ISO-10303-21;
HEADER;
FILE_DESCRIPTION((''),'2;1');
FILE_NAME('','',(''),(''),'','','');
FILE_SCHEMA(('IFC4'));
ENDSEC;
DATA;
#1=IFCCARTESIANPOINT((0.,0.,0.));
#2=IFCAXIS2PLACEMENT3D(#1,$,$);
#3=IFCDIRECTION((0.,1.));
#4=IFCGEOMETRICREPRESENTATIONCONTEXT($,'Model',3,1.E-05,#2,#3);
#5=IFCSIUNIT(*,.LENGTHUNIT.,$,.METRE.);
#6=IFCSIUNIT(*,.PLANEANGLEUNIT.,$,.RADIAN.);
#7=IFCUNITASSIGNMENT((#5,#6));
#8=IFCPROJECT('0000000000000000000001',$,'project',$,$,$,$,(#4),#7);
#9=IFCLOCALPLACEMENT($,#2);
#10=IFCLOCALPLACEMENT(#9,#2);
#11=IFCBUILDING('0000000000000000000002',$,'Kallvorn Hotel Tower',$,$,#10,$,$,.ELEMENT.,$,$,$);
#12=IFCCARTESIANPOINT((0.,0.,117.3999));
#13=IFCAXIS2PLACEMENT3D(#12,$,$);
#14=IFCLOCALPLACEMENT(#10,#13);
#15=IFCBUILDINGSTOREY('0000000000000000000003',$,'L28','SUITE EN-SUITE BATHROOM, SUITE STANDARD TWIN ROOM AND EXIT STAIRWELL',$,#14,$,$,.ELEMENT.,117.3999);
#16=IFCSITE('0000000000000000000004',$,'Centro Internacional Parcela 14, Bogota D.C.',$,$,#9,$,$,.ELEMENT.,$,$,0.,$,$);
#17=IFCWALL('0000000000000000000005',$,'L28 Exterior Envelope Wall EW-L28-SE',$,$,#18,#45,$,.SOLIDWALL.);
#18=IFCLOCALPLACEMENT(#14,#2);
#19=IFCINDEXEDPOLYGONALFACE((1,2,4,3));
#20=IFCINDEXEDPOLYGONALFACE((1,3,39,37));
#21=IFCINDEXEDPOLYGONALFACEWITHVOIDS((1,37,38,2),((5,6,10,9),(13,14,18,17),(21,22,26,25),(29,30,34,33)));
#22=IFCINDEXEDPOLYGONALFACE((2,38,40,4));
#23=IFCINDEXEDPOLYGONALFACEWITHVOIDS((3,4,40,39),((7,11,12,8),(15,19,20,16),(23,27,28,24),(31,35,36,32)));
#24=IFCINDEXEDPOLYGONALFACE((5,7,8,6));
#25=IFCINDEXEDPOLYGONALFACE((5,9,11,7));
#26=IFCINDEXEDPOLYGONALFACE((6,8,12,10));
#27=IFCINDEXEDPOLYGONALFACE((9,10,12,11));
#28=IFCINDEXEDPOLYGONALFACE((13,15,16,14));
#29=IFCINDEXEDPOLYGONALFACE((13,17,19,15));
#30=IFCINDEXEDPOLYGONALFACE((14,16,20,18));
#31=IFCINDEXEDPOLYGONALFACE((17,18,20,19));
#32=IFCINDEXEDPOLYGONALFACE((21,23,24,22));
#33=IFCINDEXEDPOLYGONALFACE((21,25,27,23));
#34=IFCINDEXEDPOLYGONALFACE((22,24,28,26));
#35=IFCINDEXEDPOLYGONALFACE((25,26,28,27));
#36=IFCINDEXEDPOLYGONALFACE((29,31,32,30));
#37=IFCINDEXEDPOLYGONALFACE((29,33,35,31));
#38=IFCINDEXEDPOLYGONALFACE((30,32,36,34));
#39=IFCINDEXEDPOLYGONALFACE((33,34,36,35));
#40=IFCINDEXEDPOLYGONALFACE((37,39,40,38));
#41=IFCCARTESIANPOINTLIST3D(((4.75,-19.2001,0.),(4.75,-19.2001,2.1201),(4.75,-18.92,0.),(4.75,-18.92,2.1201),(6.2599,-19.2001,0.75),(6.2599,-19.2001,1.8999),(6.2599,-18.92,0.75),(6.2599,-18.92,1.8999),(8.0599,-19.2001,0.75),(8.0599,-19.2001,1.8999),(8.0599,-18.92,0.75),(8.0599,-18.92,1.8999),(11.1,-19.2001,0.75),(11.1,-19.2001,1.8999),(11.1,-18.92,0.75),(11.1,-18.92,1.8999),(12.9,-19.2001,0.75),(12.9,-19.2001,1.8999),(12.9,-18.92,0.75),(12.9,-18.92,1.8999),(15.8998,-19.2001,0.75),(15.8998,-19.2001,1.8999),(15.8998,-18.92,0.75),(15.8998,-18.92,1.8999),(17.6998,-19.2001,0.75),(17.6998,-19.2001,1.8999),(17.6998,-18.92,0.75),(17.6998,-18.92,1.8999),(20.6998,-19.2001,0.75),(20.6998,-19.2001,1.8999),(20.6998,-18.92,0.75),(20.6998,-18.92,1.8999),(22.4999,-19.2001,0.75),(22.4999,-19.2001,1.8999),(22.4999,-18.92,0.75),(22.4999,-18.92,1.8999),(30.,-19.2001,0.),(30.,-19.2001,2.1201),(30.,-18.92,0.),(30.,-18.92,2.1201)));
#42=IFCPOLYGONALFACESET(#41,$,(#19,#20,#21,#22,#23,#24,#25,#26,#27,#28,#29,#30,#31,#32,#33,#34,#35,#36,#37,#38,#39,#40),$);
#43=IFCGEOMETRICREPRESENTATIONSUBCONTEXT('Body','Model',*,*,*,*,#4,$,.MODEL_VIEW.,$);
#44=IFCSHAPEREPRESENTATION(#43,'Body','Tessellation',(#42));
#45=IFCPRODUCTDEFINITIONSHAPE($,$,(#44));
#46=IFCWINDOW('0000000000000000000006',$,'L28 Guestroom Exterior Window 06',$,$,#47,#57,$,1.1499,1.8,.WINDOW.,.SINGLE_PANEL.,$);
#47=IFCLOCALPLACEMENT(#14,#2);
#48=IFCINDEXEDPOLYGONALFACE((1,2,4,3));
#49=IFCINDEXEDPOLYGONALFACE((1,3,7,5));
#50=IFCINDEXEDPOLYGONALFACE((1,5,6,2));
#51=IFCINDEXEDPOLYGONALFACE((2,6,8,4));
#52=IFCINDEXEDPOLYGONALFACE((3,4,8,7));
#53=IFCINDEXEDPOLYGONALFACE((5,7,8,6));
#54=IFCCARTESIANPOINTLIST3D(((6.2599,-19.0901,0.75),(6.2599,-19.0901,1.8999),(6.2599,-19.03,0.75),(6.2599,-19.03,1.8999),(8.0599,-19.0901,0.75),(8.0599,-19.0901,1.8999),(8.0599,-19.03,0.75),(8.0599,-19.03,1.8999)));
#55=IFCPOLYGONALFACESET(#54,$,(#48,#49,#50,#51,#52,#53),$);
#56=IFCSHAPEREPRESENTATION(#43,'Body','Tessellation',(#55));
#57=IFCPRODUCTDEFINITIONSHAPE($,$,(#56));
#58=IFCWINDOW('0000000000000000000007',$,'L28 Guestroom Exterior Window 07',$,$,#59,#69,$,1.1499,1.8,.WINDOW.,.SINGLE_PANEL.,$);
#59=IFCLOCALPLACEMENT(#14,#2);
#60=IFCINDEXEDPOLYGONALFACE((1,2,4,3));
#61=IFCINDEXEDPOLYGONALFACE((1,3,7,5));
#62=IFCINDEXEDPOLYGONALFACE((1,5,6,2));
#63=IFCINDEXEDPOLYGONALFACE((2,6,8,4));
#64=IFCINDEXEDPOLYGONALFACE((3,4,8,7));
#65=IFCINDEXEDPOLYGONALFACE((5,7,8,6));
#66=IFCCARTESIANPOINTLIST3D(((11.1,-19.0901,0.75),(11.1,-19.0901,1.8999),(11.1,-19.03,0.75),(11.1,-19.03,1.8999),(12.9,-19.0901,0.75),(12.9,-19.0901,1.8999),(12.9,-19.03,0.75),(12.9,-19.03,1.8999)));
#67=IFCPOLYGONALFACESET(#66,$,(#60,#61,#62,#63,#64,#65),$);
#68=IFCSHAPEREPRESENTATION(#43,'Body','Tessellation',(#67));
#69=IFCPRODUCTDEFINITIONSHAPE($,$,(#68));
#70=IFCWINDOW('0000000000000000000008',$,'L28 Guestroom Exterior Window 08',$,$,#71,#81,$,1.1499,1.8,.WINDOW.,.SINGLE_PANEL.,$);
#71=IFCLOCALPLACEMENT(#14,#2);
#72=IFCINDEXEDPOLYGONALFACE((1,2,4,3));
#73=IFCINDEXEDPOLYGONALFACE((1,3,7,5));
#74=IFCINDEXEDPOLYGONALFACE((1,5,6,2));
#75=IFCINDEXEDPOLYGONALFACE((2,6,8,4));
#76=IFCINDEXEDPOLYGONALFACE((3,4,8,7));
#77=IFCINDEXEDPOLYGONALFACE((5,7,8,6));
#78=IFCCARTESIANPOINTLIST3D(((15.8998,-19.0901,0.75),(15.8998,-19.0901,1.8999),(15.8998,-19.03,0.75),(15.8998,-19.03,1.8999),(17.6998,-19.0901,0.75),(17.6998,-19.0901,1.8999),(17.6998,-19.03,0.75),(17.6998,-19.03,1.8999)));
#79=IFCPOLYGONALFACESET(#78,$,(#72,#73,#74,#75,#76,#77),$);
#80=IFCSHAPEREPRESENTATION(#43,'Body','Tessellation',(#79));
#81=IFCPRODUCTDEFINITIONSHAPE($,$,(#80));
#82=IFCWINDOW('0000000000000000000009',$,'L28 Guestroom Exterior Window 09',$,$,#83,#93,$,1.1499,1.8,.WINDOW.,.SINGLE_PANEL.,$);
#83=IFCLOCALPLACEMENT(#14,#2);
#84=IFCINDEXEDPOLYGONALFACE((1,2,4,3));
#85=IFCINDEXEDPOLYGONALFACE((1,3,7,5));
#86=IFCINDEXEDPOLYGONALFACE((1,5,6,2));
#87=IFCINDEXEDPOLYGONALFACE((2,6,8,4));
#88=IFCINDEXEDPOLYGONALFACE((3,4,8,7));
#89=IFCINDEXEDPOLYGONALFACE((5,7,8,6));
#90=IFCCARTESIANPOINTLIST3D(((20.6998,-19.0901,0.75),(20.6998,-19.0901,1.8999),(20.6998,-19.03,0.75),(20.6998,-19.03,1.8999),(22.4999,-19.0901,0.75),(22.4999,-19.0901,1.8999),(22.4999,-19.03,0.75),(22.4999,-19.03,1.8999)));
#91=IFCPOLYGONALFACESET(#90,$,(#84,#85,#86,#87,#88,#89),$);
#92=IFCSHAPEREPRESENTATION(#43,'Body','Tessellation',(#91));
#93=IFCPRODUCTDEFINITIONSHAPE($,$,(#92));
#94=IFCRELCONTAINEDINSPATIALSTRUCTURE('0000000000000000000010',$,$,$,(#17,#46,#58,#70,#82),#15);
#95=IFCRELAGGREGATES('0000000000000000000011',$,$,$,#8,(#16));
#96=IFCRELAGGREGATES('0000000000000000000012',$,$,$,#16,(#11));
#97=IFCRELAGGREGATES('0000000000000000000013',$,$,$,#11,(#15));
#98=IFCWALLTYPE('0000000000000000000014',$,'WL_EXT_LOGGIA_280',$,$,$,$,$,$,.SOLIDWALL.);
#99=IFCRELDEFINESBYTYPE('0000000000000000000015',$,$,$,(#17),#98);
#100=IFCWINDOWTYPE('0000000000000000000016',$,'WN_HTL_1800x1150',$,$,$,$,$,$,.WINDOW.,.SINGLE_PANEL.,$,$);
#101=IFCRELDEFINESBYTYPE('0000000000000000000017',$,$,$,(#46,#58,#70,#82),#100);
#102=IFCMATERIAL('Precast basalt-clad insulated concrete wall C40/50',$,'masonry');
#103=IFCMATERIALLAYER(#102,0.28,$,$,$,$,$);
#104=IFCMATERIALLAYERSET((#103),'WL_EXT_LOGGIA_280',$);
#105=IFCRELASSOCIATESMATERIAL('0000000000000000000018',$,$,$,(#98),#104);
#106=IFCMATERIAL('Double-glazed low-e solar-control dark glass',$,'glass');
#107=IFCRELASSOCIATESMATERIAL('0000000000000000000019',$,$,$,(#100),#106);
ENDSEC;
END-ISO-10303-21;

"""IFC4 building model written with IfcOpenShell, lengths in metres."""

from ifc_helpers import new_model, si_unit, direction, frame, frame_2d, origin, place, context, subcontext, project, spatial, rectangle, extrude, material, layer, layer_set, type_object, element, fill, save


model = new_model("IFC4")

# Units and contexts
model_context = context("Model", 3, precision=1e-05, world=origin(), true_north=direction((0.0, 1.0)))
body_context = subcontext(model_context, "Body", "Model", "MODEL_VIEW")
ifc_project = project(units=[si_unit("LENGTHUNIT", "METRE"), si_unit("PLANEANGLEUNIT", "RADIAN")], contexts=[model_context])

# Site, building, storey
site_placement = place(None, origin())
site = spatial("IfcSite", under=ifc_project, at=site_placement, Name="Centro Internacional Parcela 14, Bogota D.C.", CompositionType="ELEMENT", RefElevation=0.0)
building_placement = place(site_placement, origin())
building = spatial("IfcBuilding", under=site, at=building_placement, Name="Kallvorn Hotel Tower", CompositionType="ELEMENT")
storey_placement = place(building_placement, frame((0.0, 0.0, 117.3999)))
storey = spatial("IfcBuildingStorey", under=building, at=storey_placement, Name="L28", Description="SUITE EN-SUITE BATHROOM, SUITE STANDARD TWIN ROOM AND EXIT STAIRWELL", CompositionType="ELEMENT", Elevation=117.3999)

# Wall, openings, windows
ifc_material_1 = material(Name="Precast basalt-clad insulated concrete wall C40/50", Category="masonry")
ifc_layer_1 = layer(ifc_material_1, 0.28)
ifc_layer_set_1 = layer_set([ifc_layer_1], Name="WL_EXT_LOGGIA_280")
wall_type_1 = type_object("IfcWallType", Name="WL_EXT_LOGGIA_280", PredefinedType="SOLIDWALL", material=ifc_layer_set_1)
wall_1_placement = place(storey_placement, frame((4.75, -19.0601, 0.0), z_axis=(0.0, 0.0, 1.0), x_axis=(1.0, 0.0, 0.0)))
wall_1 = element("IfcWall", 1, at=wall_1_placement, inside=storey, type_object=wall_type_1, Name="L28 Exterior Envelope Wall EW-L28-SE", PredefinedType="SOLIDWALL", context=body_context, shape_type="SweptSolid", body=[
    extrude(rectangle(XDim=25.25, YDim=0.28, at=frame_2d((12.625, 0.0))), origin(), (0.0, 0.0, 1.0), 2.1201),
])
opening_1_placement = place(wall_1_placement, frame((1.51, 0.0, 0.75)))
opening_1 = element("IfcOpeningElement", 2, at=opening_1_placement, cuts=wall_1, PredefinedType="OPENING", context=body_context, shape_type="SweptSolid", body=[
    extrude(rectangle(XDim=1.8, YDim=1.1499, at=frame_2d((0.8999, 0.575))), frame((0.0, 0.155, 0.0), z_axis=(0.0, -1.0, 0.0), x_axis=(1.0, 0.0, 0.0)), (0.0, 0.0, 1.0), 0.3101),
])
opening_2_placement = place(wall_1_placement, frame((6.3501, 0.0, 0.75)))
opening_2 = element("IfcOpeningElement", 3, at=opening_2_placement, cuts=wall_1, PredefinedType="OPENING", context=body_context, shape_type="SweptSolid", body=[
    extrude(rectangle(XDim=1.8, YDim=1.1499, at=frame_2d((0.8999, 0.575))), frame((0.0, 0.155, 0.0), z_axis=(0.0, -1.0, 0.0), x_axis=(1.0, 0.0, 0.0)), (0.0, 0.0, 1.0), 0.3101),
])
opening_3_placement = place(wall_1_placement, frame((11.1499, 0.0, 0.75)))
opening_3 = element("IfcOpeningElement", 4, at=opening_3_placement, cuts=wall_1, PredefinedType="OPENING", context=body_context, shape_type="SweptSolid", body=[
    extrude(rectangle(XDim=1.8, YDim=1.1499, at=frame_2d((0.8999, 0.575))), frame((0.0, 0.155, 0.0), z_axis=(0.0, -1.0, 0.0), x_axis=(1.0, 0.0, 0.0)), (0.0, 0.0, 1.0), 0.3101),
])
opening_4_placement = place(wall_1_placement, frame((15.95, 0.0, 0.75)))
opening_4 = element("IfcOpeningElement", 5, at=opening_4_placement, cuts=wall_1, PredefinedType="OPENING", context=body_context, shape_type="SweptSolid", body=[
    extrude(rectangle(XDim=1.8, YDim=1.1499, at=frame_2d((0.8999, 0.575))), frame((0.0, 0.155, 0.0), z_axis=(0.0, -1.0, 0.0), x_axis=(1.0, 0.0, 0.0)), (0.0, 0.0, 1.0), 0.3101),
])
ifc_material_2 = material(Name="Double-glazed low-e solar-control dark glass", Category="glass")
window_type = type_object("IfcWindowType", Name="WN_HTL_1800x1150", PartitioningType="SINGLE_PANEL", PredefinedType="WINDOW", material=ifc_material_2)
window_1_placement = place(opening_1_placement, origin())
window_1 = element("IfcWindow", 6, at=window_1_placement, inside=storey, type_object=window_type, Name="L28 Guestroom Exterior Window 06", OverallHeight=1.1499, OverallWidth=1.8, PartitioningType="SINGLE_PANEL", PredefinedType="WINDOW", context=body_context, shape_type="SweptSolid", body=[
    extrude(rectangle(XDim=1.8, YDim=1.1499, at=frame_2d((0.8999, 0.575))), frame((0.0, 0.03, 0.0), z_axis=(0.0, -1.0, 0.0), x_axis=(1.0, 0.0, 0.0)), (0.0, 0.0, 1.0), 0.0601),
])
fill(opening_1, window_1)
window_2_placement = place(opening_2_placement, origin())
window_2 = element("IfcWindow", 7, at=window_2_placement, inside=storey, type_object=window_type, Name="L28 Guestroom Exterior Window 07", OverallHeight=1.1499, OverallWidth=1.8, PartitioningType="SINGLE_PANEL", PredefinedType="WINDOW", context=body_context, shape_type="SweptSolid", body=[
    extrude(rectangle(XDim=1.8, YDim=1.1499, at=frame_2d((0.8999, 0.575))), frame((0.0, 0.03, 0.0), z_axis=(0.0, -1.0, 0.0), x_axis=(1.0, 0.0, 0.0)), (0.0, 0.0, 1.0), 0.0601),
])
fill(opening_2, window_2)
window_3_placement = place(opening_3_placement, origin())
window_3 = element("IfcWindow", 8, at=window_3_placement, inside=storey, type_object=window_type, Name="L28 Guestroom Exterior Window 08", OverallHeight=1.1499, OverallWidth=1.8, PartitioningType="SINGLE_PANEL", PredefinedType="WINDOW", context=body_context, shape_type="SweptSolid", body=[
    extrude(rectangle(XDim=1.8, YDim=1.1499, at=frame_2d((0.8999, 0.575))), frame((0.0, 0.03, 0.0), z_axis=(0.0, -1.0, 0.0), x_axis=(1.0, 0.0, 0.0)), (0.0, 0.0, 1.0), 0.0601),
])
fill(opening_3, window_3)
window_4_placement = place(opening_4_placement, origin())
window_4 = element("IfcWindow", 9, at=window_4_placement, inside=storey, type_object=window_type, Name="L28 Guestroom Exterior Window 09", OverallHeight=1.1499, OverallWidth=1.8, PartitioningType="SINGLE_PANEL", PredefinedType="WINDOW", context=body_context, shape_type="SweptSolid", body=[
    extrude(rectangle(XDim=1.8, YDim=1.1499, at=frame_2d((0.8999, 0.575))), frame((0.0, 0.03, 0.0), z_axis=(0.0, -1.0, 0.0), x_axis=(1.0, 0.0, 0.0)), (0.0, 0.0, 1.0), 0.0601),
])
fill(opening_4, window_4)

save(model, "model.ifc")
